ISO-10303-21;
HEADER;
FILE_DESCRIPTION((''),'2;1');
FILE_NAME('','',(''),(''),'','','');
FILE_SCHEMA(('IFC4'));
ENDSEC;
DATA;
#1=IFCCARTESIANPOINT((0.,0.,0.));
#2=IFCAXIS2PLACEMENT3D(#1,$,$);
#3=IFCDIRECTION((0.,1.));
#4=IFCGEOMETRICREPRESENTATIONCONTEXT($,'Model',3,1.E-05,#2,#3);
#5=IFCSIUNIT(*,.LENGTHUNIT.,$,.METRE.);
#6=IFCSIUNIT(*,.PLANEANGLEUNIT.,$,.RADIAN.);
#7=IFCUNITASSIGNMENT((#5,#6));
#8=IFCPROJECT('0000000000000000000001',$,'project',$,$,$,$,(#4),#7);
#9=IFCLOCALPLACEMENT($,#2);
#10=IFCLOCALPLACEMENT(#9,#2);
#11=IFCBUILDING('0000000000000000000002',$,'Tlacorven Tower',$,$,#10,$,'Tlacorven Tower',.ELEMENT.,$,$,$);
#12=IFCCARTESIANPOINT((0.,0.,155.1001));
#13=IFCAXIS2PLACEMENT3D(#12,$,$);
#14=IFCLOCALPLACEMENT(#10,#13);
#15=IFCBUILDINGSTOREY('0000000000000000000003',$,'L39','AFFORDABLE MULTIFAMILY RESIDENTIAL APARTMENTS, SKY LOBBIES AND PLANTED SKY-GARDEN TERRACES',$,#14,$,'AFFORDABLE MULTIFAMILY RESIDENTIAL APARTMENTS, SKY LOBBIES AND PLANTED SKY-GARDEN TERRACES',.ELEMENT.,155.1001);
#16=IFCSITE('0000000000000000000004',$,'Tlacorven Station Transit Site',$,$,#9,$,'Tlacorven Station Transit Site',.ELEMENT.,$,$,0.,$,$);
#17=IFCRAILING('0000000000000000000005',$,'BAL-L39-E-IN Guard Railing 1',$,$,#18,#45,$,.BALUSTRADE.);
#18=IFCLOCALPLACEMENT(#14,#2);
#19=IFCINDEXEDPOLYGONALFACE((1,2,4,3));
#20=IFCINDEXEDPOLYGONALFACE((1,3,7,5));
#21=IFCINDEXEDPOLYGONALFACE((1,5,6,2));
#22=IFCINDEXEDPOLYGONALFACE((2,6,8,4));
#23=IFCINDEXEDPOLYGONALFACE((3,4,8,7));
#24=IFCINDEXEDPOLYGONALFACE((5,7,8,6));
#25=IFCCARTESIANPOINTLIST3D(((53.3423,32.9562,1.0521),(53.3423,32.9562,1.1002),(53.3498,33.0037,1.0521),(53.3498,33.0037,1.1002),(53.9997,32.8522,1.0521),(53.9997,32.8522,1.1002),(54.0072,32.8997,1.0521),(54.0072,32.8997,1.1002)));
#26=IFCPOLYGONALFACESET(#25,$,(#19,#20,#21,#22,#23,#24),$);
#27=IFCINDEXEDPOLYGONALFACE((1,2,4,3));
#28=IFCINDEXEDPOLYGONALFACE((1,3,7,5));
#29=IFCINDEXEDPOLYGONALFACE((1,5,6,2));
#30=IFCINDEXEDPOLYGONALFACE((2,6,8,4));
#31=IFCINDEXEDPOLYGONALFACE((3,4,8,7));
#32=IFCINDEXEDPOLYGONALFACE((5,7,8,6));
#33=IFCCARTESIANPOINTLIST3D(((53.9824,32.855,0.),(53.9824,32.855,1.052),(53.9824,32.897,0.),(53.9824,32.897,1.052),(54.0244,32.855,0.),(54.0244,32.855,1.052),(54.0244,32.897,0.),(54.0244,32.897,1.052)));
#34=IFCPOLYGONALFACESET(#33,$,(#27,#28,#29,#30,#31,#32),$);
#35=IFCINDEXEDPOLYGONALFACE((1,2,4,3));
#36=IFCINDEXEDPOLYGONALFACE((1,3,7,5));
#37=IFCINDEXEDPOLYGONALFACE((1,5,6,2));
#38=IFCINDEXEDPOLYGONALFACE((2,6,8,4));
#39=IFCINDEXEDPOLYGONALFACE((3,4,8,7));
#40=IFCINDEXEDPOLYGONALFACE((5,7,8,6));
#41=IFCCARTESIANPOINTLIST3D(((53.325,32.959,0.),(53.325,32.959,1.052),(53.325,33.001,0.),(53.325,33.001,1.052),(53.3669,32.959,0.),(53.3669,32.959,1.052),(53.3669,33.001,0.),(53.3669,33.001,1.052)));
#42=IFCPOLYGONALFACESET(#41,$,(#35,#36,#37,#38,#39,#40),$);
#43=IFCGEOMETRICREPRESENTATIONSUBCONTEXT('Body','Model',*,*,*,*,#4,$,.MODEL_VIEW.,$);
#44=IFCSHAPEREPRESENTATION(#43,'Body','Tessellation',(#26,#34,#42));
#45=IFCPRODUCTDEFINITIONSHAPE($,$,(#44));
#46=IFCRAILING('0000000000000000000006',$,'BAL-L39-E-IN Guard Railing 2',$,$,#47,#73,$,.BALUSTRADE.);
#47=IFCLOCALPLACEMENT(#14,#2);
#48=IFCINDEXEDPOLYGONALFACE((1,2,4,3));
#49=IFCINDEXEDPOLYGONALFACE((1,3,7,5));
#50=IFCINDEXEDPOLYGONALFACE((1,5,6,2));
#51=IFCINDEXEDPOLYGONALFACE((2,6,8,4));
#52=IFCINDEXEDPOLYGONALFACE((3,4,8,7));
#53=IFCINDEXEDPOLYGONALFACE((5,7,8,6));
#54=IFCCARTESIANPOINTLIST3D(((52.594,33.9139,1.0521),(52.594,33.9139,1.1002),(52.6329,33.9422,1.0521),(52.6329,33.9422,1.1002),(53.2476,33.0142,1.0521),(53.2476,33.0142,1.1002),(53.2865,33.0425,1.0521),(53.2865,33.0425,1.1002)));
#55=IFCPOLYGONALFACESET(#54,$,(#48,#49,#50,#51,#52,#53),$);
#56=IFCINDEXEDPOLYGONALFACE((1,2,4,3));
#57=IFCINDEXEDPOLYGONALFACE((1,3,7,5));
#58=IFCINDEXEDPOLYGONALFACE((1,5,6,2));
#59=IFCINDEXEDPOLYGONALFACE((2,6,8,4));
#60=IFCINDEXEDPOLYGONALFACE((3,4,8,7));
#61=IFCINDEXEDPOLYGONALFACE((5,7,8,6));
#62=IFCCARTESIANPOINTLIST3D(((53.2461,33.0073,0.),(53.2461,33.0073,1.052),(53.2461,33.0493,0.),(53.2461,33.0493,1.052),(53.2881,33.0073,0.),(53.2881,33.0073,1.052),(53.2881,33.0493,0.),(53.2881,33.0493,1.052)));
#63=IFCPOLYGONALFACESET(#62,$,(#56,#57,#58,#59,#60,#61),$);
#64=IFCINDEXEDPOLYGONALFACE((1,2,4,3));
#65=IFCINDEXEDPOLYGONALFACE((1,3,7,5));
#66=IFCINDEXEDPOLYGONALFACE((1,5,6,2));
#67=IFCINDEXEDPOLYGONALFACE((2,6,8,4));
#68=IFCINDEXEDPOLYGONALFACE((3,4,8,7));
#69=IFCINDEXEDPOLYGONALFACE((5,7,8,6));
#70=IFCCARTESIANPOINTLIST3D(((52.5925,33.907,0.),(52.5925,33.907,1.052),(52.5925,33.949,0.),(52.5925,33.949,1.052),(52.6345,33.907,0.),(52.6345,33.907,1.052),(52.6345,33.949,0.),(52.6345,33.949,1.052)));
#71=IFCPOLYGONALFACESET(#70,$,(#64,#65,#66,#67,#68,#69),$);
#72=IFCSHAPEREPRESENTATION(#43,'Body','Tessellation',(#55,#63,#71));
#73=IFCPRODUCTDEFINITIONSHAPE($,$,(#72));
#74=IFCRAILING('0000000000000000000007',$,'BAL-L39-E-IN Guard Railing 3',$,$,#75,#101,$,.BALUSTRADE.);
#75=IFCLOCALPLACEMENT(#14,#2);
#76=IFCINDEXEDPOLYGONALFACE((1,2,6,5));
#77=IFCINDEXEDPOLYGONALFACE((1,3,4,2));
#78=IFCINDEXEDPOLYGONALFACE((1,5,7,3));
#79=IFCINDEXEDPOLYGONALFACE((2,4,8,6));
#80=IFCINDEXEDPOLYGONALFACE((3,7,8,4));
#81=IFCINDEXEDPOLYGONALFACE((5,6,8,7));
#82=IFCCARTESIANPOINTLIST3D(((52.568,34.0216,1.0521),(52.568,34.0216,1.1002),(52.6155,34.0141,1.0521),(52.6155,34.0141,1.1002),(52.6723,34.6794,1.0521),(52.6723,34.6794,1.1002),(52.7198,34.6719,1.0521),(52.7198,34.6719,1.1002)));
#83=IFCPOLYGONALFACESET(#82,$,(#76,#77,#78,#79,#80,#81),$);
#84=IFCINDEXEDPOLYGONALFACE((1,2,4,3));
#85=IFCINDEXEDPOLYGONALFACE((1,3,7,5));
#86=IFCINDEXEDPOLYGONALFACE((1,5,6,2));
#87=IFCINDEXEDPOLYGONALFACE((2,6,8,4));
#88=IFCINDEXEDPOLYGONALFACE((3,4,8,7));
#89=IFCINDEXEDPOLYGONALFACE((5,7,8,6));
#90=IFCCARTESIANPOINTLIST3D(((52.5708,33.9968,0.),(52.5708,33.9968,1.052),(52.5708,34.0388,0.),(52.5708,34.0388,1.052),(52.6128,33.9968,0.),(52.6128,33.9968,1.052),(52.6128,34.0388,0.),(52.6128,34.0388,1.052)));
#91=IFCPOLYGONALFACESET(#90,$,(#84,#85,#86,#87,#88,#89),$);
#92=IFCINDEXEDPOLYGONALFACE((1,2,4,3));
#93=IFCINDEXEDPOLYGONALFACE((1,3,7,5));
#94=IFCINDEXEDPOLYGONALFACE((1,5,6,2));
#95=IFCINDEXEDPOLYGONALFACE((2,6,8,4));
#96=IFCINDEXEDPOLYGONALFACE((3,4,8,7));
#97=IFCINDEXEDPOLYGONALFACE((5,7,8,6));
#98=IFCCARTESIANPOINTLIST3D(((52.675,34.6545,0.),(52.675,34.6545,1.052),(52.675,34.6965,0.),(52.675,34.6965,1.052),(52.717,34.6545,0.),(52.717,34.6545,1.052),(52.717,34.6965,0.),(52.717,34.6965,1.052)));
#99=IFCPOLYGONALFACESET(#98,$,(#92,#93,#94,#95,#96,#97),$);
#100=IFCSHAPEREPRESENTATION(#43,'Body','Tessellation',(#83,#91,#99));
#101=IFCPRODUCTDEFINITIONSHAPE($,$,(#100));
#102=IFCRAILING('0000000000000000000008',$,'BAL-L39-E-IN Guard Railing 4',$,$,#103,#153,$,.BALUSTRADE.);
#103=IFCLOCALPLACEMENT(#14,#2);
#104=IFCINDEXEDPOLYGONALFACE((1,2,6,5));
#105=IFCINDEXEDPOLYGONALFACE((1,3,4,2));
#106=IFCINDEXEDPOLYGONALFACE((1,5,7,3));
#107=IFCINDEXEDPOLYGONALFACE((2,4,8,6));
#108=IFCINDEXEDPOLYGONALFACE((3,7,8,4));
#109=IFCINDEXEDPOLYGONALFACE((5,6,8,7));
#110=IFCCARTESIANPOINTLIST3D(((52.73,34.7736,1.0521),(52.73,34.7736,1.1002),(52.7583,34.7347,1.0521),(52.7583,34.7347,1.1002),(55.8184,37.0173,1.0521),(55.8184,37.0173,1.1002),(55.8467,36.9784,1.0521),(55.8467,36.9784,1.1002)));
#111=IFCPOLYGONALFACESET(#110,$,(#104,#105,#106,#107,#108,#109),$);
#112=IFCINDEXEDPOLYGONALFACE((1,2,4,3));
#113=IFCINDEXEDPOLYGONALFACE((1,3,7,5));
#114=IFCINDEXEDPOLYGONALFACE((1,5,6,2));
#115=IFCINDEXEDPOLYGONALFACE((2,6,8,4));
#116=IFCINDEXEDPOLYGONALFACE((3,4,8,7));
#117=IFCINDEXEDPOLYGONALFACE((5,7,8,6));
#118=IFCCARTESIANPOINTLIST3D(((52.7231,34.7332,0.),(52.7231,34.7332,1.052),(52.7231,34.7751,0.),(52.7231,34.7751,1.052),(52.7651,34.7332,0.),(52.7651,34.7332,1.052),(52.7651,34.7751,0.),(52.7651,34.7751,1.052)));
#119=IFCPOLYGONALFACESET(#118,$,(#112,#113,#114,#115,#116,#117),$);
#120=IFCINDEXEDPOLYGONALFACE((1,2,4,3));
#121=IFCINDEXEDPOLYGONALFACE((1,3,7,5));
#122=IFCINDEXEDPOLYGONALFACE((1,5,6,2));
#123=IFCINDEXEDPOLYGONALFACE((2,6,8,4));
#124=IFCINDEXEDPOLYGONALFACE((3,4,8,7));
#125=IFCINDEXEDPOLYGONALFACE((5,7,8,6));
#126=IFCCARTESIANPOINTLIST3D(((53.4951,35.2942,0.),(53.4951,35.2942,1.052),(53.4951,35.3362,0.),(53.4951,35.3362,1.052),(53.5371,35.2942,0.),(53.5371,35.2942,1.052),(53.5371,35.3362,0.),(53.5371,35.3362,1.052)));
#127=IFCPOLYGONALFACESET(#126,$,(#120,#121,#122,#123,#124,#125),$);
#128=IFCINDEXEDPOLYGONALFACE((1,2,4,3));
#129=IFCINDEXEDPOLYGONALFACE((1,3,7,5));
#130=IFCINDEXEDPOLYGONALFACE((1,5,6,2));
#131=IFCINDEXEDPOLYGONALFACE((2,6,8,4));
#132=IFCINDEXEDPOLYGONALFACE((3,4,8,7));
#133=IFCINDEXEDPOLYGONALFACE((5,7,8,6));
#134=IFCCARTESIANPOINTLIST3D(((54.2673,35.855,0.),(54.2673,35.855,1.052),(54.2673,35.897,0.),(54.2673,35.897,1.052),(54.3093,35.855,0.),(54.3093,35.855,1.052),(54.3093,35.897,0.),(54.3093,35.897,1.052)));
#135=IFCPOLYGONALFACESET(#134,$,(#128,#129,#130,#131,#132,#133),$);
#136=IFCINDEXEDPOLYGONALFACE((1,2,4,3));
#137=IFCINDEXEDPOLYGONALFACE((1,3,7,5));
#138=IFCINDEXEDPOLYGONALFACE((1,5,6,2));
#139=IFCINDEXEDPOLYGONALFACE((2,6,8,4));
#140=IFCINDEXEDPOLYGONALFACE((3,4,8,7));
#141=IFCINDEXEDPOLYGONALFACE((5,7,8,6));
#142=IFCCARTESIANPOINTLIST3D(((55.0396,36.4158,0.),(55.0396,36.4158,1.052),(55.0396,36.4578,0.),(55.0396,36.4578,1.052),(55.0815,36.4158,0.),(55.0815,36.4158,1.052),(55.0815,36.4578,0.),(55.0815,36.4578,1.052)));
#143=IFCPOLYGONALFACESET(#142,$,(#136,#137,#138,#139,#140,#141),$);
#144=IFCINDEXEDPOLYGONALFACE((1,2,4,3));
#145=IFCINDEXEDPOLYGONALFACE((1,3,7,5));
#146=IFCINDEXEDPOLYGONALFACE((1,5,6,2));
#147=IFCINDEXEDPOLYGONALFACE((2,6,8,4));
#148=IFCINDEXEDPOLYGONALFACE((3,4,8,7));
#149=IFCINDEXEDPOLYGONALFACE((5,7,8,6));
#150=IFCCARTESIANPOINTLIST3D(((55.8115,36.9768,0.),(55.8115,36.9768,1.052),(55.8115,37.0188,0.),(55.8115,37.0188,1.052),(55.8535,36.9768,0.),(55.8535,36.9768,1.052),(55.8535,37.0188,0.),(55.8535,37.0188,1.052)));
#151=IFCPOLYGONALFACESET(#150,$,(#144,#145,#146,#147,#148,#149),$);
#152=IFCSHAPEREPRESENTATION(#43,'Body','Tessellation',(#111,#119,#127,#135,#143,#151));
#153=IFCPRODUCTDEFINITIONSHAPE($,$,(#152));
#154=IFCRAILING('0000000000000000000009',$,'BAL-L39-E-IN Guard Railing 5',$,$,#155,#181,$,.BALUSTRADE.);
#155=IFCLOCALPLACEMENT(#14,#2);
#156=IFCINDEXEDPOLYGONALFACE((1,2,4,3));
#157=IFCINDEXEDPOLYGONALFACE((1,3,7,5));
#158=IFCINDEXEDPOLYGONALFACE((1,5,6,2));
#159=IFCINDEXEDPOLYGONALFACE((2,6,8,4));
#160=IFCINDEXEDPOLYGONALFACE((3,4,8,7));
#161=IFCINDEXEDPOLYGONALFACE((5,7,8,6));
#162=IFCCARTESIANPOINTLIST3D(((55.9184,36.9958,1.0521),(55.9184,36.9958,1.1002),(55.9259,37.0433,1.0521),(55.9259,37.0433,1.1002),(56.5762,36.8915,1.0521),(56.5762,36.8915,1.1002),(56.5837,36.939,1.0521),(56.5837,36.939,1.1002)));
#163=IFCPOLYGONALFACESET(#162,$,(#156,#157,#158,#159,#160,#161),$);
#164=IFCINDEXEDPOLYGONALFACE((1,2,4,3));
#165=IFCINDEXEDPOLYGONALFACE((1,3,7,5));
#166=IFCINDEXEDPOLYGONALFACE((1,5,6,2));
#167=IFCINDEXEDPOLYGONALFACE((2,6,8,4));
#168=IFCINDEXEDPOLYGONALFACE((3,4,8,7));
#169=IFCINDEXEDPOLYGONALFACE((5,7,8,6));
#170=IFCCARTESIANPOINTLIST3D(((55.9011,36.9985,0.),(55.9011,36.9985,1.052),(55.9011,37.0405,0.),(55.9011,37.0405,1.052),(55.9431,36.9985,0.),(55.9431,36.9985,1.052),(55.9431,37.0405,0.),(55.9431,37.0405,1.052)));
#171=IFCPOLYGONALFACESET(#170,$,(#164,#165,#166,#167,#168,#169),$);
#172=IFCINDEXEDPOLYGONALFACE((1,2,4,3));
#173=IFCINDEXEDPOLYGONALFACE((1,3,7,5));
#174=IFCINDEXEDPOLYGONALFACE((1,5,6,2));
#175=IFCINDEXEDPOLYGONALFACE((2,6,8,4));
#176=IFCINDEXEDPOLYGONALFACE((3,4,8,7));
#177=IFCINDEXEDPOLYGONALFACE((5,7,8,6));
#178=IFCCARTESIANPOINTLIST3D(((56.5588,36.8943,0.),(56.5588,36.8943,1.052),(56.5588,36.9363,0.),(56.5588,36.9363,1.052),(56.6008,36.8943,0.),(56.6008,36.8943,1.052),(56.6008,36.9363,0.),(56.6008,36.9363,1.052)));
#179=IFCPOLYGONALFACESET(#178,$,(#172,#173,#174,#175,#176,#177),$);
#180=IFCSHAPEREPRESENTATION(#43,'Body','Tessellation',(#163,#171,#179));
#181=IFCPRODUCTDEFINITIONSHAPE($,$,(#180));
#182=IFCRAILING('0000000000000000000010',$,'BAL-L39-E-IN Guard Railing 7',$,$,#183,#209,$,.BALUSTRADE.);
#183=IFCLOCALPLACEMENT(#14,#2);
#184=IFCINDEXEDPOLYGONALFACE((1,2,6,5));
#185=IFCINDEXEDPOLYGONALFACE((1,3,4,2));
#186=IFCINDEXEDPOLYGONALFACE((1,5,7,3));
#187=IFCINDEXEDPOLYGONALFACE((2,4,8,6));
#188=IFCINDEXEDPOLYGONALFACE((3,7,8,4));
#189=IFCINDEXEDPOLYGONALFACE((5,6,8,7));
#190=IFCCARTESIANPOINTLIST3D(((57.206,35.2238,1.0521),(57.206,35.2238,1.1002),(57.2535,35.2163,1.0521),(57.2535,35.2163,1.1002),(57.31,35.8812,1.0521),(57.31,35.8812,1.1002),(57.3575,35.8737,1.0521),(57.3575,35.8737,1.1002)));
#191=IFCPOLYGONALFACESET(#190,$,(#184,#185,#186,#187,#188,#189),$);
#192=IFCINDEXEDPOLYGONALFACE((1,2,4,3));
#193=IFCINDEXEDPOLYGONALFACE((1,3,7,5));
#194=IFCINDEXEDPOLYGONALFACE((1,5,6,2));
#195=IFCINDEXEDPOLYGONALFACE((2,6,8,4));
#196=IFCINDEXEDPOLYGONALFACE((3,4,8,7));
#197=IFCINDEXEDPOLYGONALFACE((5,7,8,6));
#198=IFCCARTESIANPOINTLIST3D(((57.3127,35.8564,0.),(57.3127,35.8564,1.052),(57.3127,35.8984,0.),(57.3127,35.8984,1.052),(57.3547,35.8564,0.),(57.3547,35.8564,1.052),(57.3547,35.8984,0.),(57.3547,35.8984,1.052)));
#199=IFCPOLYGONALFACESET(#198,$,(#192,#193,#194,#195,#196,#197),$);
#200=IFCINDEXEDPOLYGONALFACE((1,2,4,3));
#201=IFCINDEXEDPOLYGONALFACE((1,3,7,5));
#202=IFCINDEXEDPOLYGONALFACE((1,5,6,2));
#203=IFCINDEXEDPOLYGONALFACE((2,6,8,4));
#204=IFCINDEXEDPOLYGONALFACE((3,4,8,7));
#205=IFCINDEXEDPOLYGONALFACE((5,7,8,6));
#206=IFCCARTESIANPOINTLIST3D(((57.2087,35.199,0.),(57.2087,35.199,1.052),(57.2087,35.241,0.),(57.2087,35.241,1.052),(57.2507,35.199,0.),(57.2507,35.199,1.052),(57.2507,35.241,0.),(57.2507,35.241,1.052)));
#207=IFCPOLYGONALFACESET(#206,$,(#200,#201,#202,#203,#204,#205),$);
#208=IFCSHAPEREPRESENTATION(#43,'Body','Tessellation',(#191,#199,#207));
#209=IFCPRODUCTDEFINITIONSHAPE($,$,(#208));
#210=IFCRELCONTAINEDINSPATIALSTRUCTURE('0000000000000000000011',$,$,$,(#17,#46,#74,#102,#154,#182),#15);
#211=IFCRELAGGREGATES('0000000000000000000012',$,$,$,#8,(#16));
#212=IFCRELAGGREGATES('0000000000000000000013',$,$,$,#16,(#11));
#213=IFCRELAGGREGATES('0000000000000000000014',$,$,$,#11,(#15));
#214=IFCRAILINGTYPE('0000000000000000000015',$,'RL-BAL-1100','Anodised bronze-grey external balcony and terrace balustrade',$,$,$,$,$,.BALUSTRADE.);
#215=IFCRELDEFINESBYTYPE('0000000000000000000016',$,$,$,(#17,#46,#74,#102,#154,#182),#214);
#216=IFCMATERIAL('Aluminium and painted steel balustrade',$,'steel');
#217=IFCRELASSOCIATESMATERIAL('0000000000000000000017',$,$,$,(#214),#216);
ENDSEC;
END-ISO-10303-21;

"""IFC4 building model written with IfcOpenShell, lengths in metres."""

from ifc_helpers import new_model, si_unit, direction, frame, origin, origin_2d, place, context, subcontext, project, spatial, rectangle, extrude, source, transform, mapped, material, type_object, element, save


model = new_model("IFC4")

# Units and contexts
model_context = context("Model", 3, precision=1e-05, world=origin(), true_north=direction((0.0, 1.0)))
body_context = subcontext(model_context, "Body", "Model", "MODEL_VIEW")
ifc_project = project(units=[si_unit("LENGTHUNIT", "METRE"), si_unit("PLANEANGLEUNIT", "RADIAN")], contexts=[model_context])

# Site, building, storey
site_placement = place(None, origin())
site = spatial("IfcSite", under=ifc_project, at=site_placement, Name="Tlacorven Station Transit Site", LongName="Tlacorven Station Transit Site", CompositionType="ELEMENT", RefElevation=0.0)
building_placement = place(site_placement, origin())
building = spatial("IfcBuilding", under=site, at=building_placement, Name="Tlacorven Tower", LongName="Tlacorven Tower", CompositionType="ELEMENT")
storey_placement = place(building_placement, frame((0.0, 0.0, 155.1001)))
storey = spatial("IfcBuildingStorey", under=building, at=storey_placement, Name="L39", Description="AFFORDABLE MULTIFAMILY RESIDENTIAL APARTMENTS, SKY LOBBIES AND PLANTED SKY-GARDEN TERRACES", LongName="AFFORDABLE MULTIFAMILY RESIDENTIAL APARTMENTS, SKY LOBBIES AND PLANTED SKY-GARDEN TERRACES", CompositionType="ELEMENT", Elevation=155.1001)

# Railings
ifc_material_1 = material(Name="Aluminium and painted steel balustrade", Category="steel")
railing_type_1 = type_object("IfcRailingType", Name="RL-BAL-1100", Description="Anodised bronze-grey external balcony and terrace balustrade", PredefinedType="BALUSTRADE", material=ifc_material_1)
shared_shape_1 = source(origin(), body_context, "Body", "SweptSolid", [
    extrude(rectangle(XDim=0.0481, YDim=0.0481, at=origin_2d()), frame((0.0, 0.0, 1.0762), z_axis=(-0.987718, 0.156245, 0.0), x_axis=(-0.156245, -0.987718, 0.0)), (0.0, 0.0, 1.0), 0.6655),
    extrude(rectangle(XDim=0.042, YDim=0.042, at=origin_2d()), origin(), (0.0, 0.0, 1.0), 1.052),
    extrude(rectangle(XDim=0.042, YDim=0.042, at=origin_2d()), frame((-0.6575, 0.104, 0.0)), (0.0, 0.0, 1.0), 1.052),
])
railing_1_placement = place(storey_placement, frame((54.0034, 32.876, 0.0)))
element("IfcRailing", 1, at=railing_1_placement, inside=storey, type_object=railing_type_1, Name="BAL-L39-E-IN Guard Railing 1", PredefinedType="BALUSTRADE", context=body_context, shape_type="MappedRepresentation", body=[
    mapped(shared_shape_1, transform((0.0, 0.0, 0.0), scale=1.0)),
])
shared_shape_2 = source(origin(), body_context, "Body", "SweptSolid", [
    extrude(rectangle(XDim=0.0481, YDim=0.0481, at=origin_2d()), frame((0.0, 0.0, 1.0762), z_axis=(-0.587741, 0.809049, 0.0), x_axis=(-0.809049, -0.587741, 0.0)), (0.0, 0.0, 1.0), 1.1121),
    extrude(rectangle(XDim=0.042, YDim=0.042, at=origin_2d()), origin(), (0.0, 0.0, 1.0), 1.052),
    extrude(rectangle(XDim=0.042, YDim=0.042, at=origin_2d()), frame((-0.6536, 0.8997, 0.0)), (0.0, 0.0, 1.0), 1.052),
])
railing_2_placement = place(storey_placement, frame((53.2671, 33.0283, 0.0)))
element("IfcRailing", 2, at=railing_2_placement, inside=storey, type_object=railing_type_1, Name="BAL-L39-E-IN Guard Railing 2", PredefinedType="BALUSTRADE", context=body_context, shape_type="MappedRepresentation", body=[
    mapped(shared_shape_2, transform((0.0, 0.0, 0.0), scale=1.0)),
])
shared_shape_3 = source(origin(), body_context, "Body", "SweptSolid", [
    extrude(rectangle(XDim=0.0481, YDim=0.0481, at=origin_2d()), frame((0.0, 0.0, 1.0762), z_axis=(0.156546, 0.987671, 0.0), x_axis=(-0.987671, 0.156546, 0.0)), (0.0, 0.0, 1.0), 0.666),
    extrude(rectangle(XDim=0.042, YDim=0.042, at=origin_2d()), origin(), (0.0, 0.0, 1.0), 1.052),
    extrude(rectangle(XDim=0.042, YDim=0.042, at=origin_2d()), frame((0.1042, 0.6577, 0.0)), (0.0, 0.0, 1.0), 1.052),
])
railing_3_placement = place(storey_placement, frame((52.5918, 34.0178, 0.0)))
element("IfcRailing", 3, at=railing_3_placement, inside=storey, type_object=railing_type_1, Name="BAL-L39-E-IN Guard Railing 3", PredefinedType="BALUSTRADE", context=body_context, shape_type="MappedRepresentation", body=[
    mapped(shared_shape_3, transform((0.0, 0.0, 0.0), scale=1.0)),
])
shared_shape_4 = source(origin(), body_context, "Body", "SweptSolid", [
    extrude(rectangle(XDim=0.0481, YDim=0.0481, at=origin_2d()), frame((0.0, 0.0, 1.0762), z_axis=(0.80904, 0.587753, 0.0), x_axis=(-0.587753, 0.80904, 0.0)), (0.0, 0.0, 1.0), 3.8174),
    extrude(rectangle(XDim=0.042, YDim=0.042, at=origin_2d()), origin(), (0.0, 0.0, 1.0), 1.052),
    extrude(rectangle(XDim=0.042, YDim=0.042, at=origin_2d()), frame((0.772, 0.561, 0.0)), (0.0, 0.0, 1.0), 1.052),
    extrude(rectangle(XDim=0.042, YDim=0.042, at=origin_2d()), frame((1.5442, 1.1218, 0.0)), (0.0, 0.0, 1.0), 1.052),
    extrude(rectangle(XDim=0.042, YDim=0.042, at=origin_2d()), frame((2.3164, 1.6826, 0.0)), (0.0, 0.0, 1.0), 1.052),
    extrude(rectangle(XDim=0.042, YDim=0.042, at=origin_2d()), frame((3.0884, 2.2437, 0.0)), (0.0, 0.0, 1.0), 1.052),
])
railing_4_placement = place(storey_placement, frame((52.7441, 34.7542, 0.0)))
element("IfcRailing", 4, at=railing_4_placement, inside=storey, type_object=railing_type_1, Name="BAL-L39-E-IN Guard Railing 4", PredefinedType="BALUSTRADE", context=body_context, shape_type="MappedRepresentation", body=[
    mapped(shared_shape_4, transform((0.0, 0.0, 0.0), scale=1.0)),
])
shared_shape_5 = source(origin(), body_context, "Body", "SweptSolid", [
    extrude(rectangle(XDim=0.0481, YDim=0.0481, at=origin_2d()), frame((0.0, 0.0, 1.0762), z_axis=(0.987671, -0.156546, 0.0), x_axis=(0.156546, 0.987671, 0.0)), (0.0, 0.0, 1.0), 0.666),
    extrude(rectangle(XDim=0.042, YDim=0.042, at=origin_2d()), origin(), (0.0, 0.0, 1.0), 1.052),
    extrude(rectangle(XDim=0.042, YDim=0.042, at=origin_2d()), frame((0.6577, -0.1042, 0.0)), (0.0, 0.0, 1.0), 1.052),
])
railing_5_placement = place(storey_placement, frame((55.9221, 37.0195, 0.0)))
element("IfcRailing", 5, at=railing_5_placement, inside=storey, type_object=railing_type_1, Name="BAL-L39-E-IN Guard Railing 5", PredefinedType="BALUSTRADE", context=body_context, shape_type="MappedRepresentation", body=[
    mapped(shared_shape_5, transform((0.0, 0.0, 0.0), scale=1.0)),
])
shared_shape_6 = source(origin(), body_context, "Body", "SweptSolid", [
    extrude(rectangle(XDim=0.0481, YDim=0.0481, at=origin_2d()), frame((0.0, 0.0, 1.0762), z_axis=(-0.156245, -0.987718, 0.0), x_axis=(0.987718, -0.156245, 0.0)), (0.0, 0.0, 1.0), 0.6655),
    extrude(rectangle(XDim=0.042, YDim=0.042, at=origin_2d()), origin(), (0.0, 0.0, 1.0), 1.052),
    extrude(rectangle(XDim=0.042, YDim=0.042, at=origin_2d()), frame((-0.104, -0.6575, 0.0)), (0.0, 0.0, 1.0), 1.052),
])
railing_6_placement = place(storey_placement, frame((57.3337, 35.8774, 0.0)))
element("IfcRailing", 6, at=railing_6_placement, inside=storey, type_object=railing_type_1, Name="BAL-L39-E-IN Guard Railing 7", PredefinedType="BALUSTRADE", context=body_context, shape_type="MappedRepresentation", body=[
    mapped(shared_shape_6, transform((0.0, 0.0, 0.0), scale=1.0)),
])

save(model, "model.ifc")
